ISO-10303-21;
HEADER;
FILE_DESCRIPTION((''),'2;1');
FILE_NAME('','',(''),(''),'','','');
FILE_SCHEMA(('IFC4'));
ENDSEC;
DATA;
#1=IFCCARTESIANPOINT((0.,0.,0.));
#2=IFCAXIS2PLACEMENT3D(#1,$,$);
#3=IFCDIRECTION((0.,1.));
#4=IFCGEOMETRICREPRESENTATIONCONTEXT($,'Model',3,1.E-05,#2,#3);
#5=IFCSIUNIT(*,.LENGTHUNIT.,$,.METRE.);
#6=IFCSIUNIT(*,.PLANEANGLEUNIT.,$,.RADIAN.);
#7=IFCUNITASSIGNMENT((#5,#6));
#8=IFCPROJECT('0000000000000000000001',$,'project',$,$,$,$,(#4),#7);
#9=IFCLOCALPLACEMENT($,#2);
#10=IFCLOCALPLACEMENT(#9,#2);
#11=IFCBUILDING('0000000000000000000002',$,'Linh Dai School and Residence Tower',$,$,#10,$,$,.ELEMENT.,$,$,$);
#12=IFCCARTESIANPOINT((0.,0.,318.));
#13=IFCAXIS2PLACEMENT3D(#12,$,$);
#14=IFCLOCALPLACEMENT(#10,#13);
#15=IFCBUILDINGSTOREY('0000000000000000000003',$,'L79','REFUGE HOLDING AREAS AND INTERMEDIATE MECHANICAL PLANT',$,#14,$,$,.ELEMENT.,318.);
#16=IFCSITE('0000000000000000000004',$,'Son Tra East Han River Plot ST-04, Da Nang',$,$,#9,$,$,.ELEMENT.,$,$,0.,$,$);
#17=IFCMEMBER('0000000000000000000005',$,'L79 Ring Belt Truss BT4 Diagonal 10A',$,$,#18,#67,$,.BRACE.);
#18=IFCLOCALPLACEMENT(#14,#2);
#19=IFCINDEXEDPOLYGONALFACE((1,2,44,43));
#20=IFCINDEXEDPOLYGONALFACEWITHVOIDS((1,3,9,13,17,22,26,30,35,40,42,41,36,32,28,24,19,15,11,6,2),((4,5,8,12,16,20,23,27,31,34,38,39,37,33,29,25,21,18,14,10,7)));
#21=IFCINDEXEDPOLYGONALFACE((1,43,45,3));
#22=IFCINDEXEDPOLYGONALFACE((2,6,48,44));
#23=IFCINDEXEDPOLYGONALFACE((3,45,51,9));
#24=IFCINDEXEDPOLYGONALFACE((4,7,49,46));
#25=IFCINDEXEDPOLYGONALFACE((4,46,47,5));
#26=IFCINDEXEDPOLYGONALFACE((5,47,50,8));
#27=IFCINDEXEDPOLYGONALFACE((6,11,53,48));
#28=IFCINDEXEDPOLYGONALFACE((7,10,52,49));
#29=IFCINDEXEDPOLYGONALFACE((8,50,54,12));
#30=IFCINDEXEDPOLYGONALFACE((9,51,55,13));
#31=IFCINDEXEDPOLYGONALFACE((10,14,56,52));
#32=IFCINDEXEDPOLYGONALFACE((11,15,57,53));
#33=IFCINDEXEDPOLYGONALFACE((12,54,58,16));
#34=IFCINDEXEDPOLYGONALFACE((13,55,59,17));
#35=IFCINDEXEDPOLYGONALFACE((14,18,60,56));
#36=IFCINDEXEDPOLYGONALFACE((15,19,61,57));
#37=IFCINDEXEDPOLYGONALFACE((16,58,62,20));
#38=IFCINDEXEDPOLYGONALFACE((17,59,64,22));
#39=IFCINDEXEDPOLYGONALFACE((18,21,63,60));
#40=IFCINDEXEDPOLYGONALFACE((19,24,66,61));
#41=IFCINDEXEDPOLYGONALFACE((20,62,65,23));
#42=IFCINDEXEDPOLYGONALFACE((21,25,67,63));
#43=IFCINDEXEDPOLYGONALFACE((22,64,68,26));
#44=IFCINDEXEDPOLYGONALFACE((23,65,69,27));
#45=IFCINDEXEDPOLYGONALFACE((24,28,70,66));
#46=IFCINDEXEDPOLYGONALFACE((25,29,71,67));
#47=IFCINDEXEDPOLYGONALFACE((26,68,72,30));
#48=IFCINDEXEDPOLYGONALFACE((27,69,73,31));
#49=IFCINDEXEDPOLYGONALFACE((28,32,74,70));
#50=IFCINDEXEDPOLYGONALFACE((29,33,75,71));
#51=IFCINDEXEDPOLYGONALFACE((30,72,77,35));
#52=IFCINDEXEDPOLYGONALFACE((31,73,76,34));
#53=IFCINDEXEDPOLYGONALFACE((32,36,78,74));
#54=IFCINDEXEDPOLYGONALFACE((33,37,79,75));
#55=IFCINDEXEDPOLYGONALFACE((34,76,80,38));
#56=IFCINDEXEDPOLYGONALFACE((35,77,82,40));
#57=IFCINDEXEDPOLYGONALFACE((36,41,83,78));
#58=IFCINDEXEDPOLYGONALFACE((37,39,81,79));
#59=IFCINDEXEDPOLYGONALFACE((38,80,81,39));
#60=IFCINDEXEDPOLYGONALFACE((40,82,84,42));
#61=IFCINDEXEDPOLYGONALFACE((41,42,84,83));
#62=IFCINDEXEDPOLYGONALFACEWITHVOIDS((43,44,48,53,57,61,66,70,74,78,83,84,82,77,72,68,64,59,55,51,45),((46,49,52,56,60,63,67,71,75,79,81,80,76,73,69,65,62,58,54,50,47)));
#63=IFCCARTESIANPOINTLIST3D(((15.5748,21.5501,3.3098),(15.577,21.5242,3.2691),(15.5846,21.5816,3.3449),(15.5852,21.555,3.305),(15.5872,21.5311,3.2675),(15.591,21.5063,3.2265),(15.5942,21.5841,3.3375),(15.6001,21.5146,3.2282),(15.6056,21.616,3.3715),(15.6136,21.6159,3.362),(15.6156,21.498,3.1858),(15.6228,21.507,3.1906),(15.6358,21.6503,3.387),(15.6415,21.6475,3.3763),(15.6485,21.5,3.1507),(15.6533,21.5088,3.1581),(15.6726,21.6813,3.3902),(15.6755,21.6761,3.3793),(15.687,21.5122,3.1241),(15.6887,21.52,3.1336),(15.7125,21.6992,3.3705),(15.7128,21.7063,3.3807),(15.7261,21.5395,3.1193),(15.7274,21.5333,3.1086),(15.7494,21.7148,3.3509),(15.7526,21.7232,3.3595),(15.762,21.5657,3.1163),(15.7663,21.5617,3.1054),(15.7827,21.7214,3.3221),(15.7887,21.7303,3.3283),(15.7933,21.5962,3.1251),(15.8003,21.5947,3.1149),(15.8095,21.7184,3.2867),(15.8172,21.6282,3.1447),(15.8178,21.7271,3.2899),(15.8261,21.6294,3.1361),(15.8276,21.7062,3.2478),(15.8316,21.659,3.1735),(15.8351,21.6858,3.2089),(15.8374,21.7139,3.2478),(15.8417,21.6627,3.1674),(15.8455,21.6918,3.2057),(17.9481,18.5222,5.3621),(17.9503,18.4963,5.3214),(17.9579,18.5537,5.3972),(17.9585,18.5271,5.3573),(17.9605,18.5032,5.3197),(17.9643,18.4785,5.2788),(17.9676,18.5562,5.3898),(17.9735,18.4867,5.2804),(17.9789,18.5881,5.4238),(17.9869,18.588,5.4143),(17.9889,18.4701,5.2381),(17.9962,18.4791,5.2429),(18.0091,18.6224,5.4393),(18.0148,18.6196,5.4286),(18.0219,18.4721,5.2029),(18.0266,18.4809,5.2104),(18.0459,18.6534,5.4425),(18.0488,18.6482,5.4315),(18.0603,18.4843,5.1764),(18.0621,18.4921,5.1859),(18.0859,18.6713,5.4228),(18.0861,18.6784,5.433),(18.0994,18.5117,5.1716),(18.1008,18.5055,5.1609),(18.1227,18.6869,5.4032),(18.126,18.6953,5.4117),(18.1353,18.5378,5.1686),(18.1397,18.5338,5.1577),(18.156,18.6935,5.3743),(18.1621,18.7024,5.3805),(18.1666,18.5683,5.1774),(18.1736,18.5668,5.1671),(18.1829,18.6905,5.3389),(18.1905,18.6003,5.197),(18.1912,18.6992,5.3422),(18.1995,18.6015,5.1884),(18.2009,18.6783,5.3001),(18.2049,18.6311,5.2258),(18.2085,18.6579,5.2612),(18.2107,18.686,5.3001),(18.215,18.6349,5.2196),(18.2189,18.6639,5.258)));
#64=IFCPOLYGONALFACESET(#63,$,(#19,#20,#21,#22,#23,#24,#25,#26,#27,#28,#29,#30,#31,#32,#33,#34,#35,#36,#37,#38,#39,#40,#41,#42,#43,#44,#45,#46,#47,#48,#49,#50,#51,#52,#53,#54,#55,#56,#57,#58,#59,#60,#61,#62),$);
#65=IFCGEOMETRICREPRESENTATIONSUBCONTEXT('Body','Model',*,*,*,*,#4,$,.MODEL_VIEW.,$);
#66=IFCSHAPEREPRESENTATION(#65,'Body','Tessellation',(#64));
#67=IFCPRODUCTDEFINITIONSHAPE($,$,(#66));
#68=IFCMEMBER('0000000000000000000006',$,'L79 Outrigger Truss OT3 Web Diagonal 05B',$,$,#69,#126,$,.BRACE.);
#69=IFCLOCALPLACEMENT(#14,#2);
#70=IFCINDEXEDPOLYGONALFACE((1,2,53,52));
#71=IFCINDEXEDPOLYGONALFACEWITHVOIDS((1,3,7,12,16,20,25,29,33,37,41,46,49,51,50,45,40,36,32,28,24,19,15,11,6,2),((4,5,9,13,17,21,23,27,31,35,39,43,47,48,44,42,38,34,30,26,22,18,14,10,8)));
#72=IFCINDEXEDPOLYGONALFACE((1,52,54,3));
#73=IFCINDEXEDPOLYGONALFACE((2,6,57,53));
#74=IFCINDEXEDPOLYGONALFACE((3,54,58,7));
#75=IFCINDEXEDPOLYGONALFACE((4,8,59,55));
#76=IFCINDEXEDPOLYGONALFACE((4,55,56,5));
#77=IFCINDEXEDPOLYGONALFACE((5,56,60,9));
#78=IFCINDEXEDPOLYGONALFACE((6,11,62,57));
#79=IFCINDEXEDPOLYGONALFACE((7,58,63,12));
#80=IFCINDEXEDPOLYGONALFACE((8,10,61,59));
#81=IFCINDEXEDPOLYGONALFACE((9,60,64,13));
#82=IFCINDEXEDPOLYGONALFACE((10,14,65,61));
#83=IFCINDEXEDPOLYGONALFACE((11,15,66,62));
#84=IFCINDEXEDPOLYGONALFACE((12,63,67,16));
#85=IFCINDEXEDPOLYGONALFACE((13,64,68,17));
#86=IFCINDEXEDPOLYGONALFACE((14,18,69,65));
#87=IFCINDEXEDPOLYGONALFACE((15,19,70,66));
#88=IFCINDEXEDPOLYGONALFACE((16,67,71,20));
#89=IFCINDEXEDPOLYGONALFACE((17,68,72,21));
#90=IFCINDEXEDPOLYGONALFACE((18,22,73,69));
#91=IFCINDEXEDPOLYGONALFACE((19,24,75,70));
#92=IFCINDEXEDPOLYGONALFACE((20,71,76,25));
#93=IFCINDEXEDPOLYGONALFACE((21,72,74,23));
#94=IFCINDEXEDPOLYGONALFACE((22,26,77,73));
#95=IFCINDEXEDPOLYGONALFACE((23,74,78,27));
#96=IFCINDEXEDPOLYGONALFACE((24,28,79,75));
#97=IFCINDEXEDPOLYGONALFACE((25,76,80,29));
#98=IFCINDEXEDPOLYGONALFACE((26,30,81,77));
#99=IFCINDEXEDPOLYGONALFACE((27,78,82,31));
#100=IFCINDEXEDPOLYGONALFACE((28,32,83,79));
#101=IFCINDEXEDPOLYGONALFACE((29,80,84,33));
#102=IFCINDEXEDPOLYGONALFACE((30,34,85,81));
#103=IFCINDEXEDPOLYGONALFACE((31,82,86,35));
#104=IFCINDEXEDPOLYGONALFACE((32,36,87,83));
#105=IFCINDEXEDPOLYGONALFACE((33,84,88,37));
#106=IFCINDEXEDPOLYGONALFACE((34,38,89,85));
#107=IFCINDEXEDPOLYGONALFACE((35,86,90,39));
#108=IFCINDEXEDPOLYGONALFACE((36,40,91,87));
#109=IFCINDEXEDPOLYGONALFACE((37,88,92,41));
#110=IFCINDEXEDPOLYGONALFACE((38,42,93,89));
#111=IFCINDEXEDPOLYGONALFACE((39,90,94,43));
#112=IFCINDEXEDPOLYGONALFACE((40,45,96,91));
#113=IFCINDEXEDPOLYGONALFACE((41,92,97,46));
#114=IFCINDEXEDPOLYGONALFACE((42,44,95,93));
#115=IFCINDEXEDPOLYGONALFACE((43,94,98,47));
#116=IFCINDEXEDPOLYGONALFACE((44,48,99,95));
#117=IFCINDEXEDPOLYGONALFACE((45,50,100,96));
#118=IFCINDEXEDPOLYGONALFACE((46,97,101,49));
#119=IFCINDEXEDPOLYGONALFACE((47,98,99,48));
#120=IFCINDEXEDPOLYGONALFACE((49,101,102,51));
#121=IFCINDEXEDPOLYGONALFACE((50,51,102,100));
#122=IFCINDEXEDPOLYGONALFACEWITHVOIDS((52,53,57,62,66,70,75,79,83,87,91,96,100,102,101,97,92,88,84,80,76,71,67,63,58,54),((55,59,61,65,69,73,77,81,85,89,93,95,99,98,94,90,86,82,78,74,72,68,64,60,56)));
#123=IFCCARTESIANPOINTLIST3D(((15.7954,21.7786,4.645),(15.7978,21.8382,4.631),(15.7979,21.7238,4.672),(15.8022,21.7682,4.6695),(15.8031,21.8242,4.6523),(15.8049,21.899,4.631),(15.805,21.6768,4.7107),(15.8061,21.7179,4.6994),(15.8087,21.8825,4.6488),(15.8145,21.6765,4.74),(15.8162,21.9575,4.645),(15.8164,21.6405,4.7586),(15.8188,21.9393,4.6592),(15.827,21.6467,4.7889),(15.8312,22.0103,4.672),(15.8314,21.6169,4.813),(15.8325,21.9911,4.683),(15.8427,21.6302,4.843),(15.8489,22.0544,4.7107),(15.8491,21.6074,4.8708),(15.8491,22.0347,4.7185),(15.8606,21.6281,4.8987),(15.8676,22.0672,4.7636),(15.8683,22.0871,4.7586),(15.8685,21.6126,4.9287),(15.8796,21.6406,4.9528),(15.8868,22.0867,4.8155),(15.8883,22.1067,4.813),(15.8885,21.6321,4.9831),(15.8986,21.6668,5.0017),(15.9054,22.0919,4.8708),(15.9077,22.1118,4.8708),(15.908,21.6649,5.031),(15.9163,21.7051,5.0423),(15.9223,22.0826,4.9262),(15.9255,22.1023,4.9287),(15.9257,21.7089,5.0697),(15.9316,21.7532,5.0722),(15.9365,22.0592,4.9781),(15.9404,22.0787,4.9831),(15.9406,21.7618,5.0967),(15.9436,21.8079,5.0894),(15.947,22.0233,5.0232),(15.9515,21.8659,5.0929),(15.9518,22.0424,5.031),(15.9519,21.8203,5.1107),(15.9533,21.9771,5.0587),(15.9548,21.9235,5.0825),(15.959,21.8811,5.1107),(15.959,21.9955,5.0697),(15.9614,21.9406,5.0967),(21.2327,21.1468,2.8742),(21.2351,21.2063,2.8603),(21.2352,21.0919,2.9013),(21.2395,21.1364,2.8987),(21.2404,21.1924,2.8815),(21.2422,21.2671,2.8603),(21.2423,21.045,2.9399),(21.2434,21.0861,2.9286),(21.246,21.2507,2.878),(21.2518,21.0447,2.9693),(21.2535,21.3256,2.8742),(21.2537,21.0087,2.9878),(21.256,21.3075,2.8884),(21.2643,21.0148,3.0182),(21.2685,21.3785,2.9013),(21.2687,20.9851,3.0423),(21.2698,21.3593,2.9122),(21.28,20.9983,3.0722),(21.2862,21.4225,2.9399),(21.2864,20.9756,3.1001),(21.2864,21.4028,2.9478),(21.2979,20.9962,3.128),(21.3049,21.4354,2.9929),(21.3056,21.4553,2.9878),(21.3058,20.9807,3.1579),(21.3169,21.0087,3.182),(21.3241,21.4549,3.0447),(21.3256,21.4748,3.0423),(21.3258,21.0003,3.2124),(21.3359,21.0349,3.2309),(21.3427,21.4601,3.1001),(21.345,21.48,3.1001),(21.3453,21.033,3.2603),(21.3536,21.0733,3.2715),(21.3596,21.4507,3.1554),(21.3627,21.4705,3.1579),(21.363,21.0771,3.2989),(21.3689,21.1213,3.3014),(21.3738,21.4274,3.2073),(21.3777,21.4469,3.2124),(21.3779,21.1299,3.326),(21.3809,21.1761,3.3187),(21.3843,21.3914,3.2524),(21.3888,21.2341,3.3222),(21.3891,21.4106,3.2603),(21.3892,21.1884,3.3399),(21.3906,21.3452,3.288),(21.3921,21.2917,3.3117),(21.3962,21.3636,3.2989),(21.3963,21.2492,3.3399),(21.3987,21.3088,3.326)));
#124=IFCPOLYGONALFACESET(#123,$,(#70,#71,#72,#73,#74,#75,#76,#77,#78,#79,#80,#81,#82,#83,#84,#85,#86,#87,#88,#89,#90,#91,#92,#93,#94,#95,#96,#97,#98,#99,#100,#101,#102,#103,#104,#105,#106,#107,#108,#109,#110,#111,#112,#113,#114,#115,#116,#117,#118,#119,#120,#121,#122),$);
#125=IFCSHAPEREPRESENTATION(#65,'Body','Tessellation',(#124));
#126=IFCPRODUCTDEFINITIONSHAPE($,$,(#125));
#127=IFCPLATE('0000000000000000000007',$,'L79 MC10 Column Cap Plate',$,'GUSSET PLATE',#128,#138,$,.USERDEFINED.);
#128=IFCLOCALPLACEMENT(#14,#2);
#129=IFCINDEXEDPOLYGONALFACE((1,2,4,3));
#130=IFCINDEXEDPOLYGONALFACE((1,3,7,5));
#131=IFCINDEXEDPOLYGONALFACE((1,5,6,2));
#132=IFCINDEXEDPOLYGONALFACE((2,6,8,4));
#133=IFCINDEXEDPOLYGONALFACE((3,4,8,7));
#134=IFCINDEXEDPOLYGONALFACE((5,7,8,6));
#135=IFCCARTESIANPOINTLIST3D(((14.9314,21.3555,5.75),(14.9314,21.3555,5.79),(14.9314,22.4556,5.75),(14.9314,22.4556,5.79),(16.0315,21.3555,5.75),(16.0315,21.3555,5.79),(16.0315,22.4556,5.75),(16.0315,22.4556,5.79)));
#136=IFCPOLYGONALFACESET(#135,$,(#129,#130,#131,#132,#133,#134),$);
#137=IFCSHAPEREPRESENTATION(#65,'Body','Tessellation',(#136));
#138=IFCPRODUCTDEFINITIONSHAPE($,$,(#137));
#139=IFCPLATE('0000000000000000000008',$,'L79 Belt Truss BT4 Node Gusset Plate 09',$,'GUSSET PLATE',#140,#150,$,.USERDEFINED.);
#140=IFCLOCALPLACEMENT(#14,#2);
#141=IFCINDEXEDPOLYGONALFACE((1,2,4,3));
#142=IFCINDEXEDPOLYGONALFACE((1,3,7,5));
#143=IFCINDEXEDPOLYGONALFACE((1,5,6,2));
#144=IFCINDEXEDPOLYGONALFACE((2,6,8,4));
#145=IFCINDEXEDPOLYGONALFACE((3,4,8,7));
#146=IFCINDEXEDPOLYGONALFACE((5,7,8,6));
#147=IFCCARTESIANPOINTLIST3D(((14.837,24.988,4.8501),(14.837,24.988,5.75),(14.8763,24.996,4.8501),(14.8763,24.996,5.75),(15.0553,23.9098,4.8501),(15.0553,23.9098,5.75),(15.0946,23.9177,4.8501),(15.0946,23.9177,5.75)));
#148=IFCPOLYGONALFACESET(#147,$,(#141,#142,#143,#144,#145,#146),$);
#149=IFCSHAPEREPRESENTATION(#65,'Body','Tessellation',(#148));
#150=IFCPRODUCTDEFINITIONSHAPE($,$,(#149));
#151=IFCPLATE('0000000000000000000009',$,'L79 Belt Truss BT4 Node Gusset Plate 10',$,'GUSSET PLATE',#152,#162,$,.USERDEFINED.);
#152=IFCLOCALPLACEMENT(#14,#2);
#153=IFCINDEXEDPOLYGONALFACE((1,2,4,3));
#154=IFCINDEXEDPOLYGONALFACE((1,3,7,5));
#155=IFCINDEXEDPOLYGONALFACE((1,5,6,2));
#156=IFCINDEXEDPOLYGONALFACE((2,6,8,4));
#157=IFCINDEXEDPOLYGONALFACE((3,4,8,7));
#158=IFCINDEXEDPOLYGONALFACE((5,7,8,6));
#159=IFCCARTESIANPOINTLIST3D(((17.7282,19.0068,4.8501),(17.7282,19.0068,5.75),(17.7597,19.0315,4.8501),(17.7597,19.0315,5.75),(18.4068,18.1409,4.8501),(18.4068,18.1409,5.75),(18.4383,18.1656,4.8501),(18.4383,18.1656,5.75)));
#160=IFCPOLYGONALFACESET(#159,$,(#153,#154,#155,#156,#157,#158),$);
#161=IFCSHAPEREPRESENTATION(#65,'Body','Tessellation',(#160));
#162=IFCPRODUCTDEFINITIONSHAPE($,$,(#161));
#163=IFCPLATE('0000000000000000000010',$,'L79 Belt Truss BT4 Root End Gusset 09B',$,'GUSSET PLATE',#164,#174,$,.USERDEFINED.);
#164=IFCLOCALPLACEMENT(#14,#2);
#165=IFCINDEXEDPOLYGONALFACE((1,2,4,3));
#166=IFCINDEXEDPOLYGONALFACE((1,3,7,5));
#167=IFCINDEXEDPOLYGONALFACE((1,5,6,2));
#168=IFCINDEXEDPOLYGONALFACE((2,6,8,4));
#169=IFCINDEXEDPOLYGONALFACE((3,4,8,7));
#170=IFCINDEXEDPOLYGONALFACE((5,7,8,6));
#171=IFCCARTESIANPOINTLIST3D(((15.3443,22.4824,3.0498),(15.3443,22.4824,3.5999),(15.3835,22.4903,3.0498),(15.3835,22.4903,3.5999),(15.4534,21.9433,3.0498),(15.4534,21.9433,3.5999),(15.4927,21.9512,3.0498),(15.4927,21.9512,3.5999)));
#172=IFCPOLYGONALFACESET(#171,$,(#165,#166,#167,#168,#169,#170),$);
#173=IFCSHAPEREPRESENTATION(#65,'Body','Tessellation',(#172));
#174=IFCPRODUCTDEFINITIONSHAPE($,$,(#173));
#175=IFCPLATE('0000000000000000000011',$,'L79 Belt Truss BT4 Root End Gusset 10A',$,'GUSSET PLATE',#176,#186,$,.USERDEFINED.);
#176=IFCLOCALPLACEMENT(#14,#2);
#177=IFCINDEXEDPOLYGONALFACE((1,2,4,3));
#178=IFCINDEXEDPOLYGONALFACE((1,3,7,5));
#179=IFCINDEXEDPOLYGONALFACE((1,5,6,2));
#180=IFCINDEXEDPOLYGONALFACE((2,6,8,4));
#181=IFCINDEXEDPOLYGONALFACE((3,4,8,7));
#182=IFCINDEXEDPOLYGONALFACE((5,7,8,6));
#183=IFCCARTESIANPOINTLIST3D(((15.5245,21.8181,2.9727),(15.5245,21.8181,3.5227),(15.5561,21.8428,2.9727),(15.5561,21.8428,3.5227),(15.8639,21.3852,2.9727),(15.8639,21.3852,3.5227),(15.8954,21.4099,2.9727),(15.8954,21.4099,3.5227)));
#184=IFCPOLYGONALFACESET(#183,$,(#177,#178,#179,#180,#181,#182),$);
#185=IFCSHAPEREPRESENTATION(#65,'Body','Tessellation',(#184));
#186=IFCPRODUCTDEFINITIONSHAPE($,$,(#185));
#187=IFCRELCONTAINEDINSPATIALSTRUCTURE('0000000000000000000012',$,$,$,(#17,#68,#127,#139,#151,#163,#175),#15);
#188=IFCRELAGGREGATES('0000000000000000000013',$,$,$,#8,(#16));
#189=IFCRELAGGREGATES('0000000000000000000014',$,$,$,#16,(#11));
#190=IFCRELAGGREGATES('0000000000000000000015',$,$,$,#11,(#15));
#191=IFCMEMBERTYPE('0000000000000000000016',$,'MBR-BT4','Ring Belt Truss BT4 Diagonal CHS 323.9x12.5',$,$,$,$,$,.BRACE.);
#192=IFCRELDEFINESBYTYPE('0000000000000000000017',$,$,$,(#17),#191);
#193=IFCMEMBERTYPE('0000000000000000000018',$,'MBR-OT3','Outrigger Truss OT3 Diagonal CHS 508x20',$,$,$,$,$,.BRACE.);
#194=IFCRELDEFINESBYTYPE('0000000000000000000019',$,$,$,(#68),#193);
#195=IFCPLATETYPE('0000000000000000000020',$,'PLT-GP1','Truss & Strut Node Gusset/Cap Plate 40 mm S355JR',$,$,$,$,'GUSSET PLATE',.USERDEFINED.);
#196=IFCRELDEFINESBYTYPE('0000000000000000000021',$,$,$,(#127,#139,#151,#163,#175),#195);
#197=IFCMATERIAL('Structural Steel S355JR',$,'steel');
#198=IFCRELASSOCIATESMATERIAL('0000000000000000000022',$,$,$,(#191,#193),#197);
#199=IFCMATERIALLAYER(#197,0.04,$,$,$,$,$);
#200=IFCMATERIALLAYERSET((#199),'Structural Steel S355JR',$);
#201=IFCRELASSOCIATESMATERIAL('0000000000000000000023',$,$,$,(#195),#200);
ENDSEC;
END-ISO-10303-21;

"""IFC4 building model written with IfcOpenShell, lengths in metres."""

from ifc_helpers import new_model, si_unit, direction, frame, origin, origin_2d, place, context, subcontext, project, spatial, rectangle, hollow_circle, extrude, source, transform, mapped, material, layer, layer_set, material_profile, profile_set, type_object, element, save


model = new_model("IFC4")

# Units and contexts
model_context = context("Model", 3, precision=1e-05, world=origin(), true_north=direction((0.0, 1.0)))
body_context = subcontext(model_context, "Body", "Model", "MODEL_VIEW")
ifc_project = project(units=[si_unit("LENGTHUNIT", "METRE"), si_unit("PLANEANGLEUNIT", "RADIAN")], contexts=[model_context])

# Site, building, storey
site_placement = place(None, origin())
site = spatial("IfcSite", under=ifc_project, at=site_placement, Name="Son Tra East Han River Plot ST-04, Da Nang", CompositionType="ELEMENT", RefElevation=0.0)
building_placement = place(site_placement, origin())
building = spatial("IfcBuilding", under=site, at=building_placement, Name="Linh Dai School and Residence Tower", CompositionType="ELEMENT")
storey_placement = place(building_placement, frame((0.0, 0.0, 318.0)))
storey = spatial("IfcBuildingStorey", under=building, at=storey_placement, Name="L79", Description="REFUGE HOLDING AREAS AND INTERMEDIATE MECHANICAL PLANT", CompositionType="ELEMENT", Elevation=318.0)

# Shared definitions
ifc_material_1 = material(Name="Structural Steel S355JR", Category="steel")

# Members
ifc_material_profile_1 = material_profile(ifc_material_1, hollow_circle(Radius=0.1619, WallThickness=0.0125, at=origin_2d()), Name="CHS 323.9x12.5")
ifc_profile_set_1 = profile_set([ifc_material_profile_1], Name="Structural Steel S355JR")
member_type_1 = type_object("IfcMemberType", Name="MBR-BT4", Description="Ring Belt Truss BT4 Diagonal CHS 323.9x12.5", PredefinedType="BRACE", material=ifc_profile_set_1)
member_1_placement = place(storey_placement, frame((15.71, 21.614, 3.2478), z_axis=(0.544299, -0.694413, 0.470669), x_axis=(0.78704, 0.616902, 0.0)))
element("IfcMember", 1, at=member_1_placement, inside=storey, type_object=member_type_1, Name="L79 Ring Belt Truss BT4 Diagonal 10A", PredefinedType="BRACE", context=body_context, shape_type="SweptSolid", body=[
    extrude(hollow_circle(Radius=0.1619, WallThickness=0.0125, at=origin_2d()), origin(), (0.0, 0.0, 1.0), 4.3604),
])
ifc_material_profile_2 = material_profile(ifc_material_1, hollow_circle(Radius=0.2539, WallThickness=0.02, at=origin_2d()), Name="CHS 508x20")
ifc_profile_set_2 = profile_set([ifc_material_profile_2], Name="Structural Steel S355JR")
member_type_2 = type_object("IfcMemberType", Name="MBR-OT3", Description="Outrigger Truss OT3 Diagonal CHS 508x20", PredefinedType="BRACE", material=ifc_profile_set_2)
member_2_placement = place(storey_placement, frame((15.8784, 21.8596, 4.8708), z_axis=(0.945095, -0.109825, -0.307789), x_axis=(0.115428, 0.993316, 0.0)))
element("IfcMember", 2, at=member_2_placement, inside=storey, type_object=member_type_2, Name="L79 Outrigger Truss OT3 Web Diagonal 05B", PredefinedType="BRACE", context=body_context, shape_type="SweptSolid", body=[
    extrude(hollow_circle(Radius=0.2539, WallThickness=0.02, at=origin_2d()), origin(), (0.0, 0.0, 1.0), 5.7532),
])

# Plates
ifc_layer_1 = layer(ifc_material_1, 0.04)
ifc_layer_set_1 = layer_set([ifc_layer_1], Name="Structural Steel S355JR")
plate_type = type_object("IfcPlateType", Name="PLT-GP1", Description="Truss & Strut Node Gusset/Cap Plate 40 mm S355JR", ElementType="GUSSET PLATE", PredefinedType="USERDEFINED", material=ifc_layer_set_1)
shared_shape_1 = source(origin(), body_context, "Body", "SweptSolid", [
    extrude(rectangle(XDim=1.1001, YDim=1.1001, at=origin_2d()), origin(), (0.0, 0.0, 1.0), 0.04),
])
plate_placement = place(storey_placement, frame((15.4814, 21.9055, 5.75), z_axis=(0.0, 0.0, 1.0), x_axis=(1.0, 0.0, 0.0)))
element("IfcPlate", 3, at=plate_placement, inside=storey, type_object=plate_type, Name="L79 MC10 Column Cap Plate", ObjectType="GUSSET PLATE", PredefinedType="USERDEFINED", context=body_context, shape_type="MappedRepresentation", body=[
    mapped(shared_shape_1, transform((0.0, 0.0, 0.0), x_axis=(1.0, 0.0, 0.0), y_axis=(0.0, 1.0, 0.0), z_axis=(0.0, 0.0, 1.0), scale=1.0)),
])
shared_shape_2 = source(origin(), body_context, "Body", "SweptSolid", [
    extrude(rectangle(XDim=1.1001, YDim=0.04, at=origin_2d()), origin(), (0.0, 0.0, 1.0), 0.8999),
])
for number, where, z_axis, x_axis, name in (
    (4, (14.9658, 24.4529, 4.8501), (0.0, 0.0, 1.0), (0.198437, -0.980114, 0.0), "L79 Belt Truss BT4 Node Gusset Plate 09"),
    (5, (18.0833, 18.5862, 4.8501), (0.0, 0.0, 1.0), (0.616871, -0.787064, 0.0), "L79 Belt Truss BT4 Node Gusset Plate 10"),
):
    element("IfcPlate", number, at=place(storey_placement, frame(where, z_axis=z_axis, x_axis=x_axis)), inside=storey, type_object=plate_type, Name=name, ObjectType="GUSSET PLATE", PredefinedType="USERDEFINED", context=body_context, shape_type="MappedRepresentation", body=[
        mapped(shared_shape_2, transform((0.0, 0.0, 0.0), x_axis=(1.0, 0.0, 0.0), y_axis=(0.0, 1.0, 0.0), z_axis=(0.0, 0.0, 1.0), scale=1.0)),
    ])
shared_shape_3 = source(origin(), body_context, "Body", "SweptSolid", [
    extrude(rectangle(XDim=0.55, YDim=0.04, at=origin_2d()), origin(), (0.0, 0.0, 1.0), 0.55),
])
for number, where, z_axis, x_axis, name in (
    (6, (15.4185, 22.2168, 3.0498), (0.0, 0.0, 1.0), (0.198437, -0.980114, 0.0), "L79 Belt Truss BT4 Root End Gusset 09B"),
    (7, (15.71, 21.614, 2.9727), (0.0, 0.0, 1.0), (0.616871, -0.787064, 0.0), "L79 Belt Truss BT4 Root End Gusset 10A"),
):
    element("IfcPlate", number, at=place(storey_placement, frame(where, z_axis=z_axis, x_axis=x_axis)), inside=storey, type_object=plate_type, Name=name, ObjectType="GUSSET PLATE", PredefinedType="USERDEFINED", context=body_context, shape_type="MappedRepresentation", body=[
        mapped(shared_shape_3, transform((0.0, 0.0, 0.0), x_axis=(1.0, 0.0, 0.0), y_axis=(0.0, 1.0, 0.0), z_axis=(0.0, 0.0, 1.0), scale=1.0)),
    ])

save(model, "model.ifc")
